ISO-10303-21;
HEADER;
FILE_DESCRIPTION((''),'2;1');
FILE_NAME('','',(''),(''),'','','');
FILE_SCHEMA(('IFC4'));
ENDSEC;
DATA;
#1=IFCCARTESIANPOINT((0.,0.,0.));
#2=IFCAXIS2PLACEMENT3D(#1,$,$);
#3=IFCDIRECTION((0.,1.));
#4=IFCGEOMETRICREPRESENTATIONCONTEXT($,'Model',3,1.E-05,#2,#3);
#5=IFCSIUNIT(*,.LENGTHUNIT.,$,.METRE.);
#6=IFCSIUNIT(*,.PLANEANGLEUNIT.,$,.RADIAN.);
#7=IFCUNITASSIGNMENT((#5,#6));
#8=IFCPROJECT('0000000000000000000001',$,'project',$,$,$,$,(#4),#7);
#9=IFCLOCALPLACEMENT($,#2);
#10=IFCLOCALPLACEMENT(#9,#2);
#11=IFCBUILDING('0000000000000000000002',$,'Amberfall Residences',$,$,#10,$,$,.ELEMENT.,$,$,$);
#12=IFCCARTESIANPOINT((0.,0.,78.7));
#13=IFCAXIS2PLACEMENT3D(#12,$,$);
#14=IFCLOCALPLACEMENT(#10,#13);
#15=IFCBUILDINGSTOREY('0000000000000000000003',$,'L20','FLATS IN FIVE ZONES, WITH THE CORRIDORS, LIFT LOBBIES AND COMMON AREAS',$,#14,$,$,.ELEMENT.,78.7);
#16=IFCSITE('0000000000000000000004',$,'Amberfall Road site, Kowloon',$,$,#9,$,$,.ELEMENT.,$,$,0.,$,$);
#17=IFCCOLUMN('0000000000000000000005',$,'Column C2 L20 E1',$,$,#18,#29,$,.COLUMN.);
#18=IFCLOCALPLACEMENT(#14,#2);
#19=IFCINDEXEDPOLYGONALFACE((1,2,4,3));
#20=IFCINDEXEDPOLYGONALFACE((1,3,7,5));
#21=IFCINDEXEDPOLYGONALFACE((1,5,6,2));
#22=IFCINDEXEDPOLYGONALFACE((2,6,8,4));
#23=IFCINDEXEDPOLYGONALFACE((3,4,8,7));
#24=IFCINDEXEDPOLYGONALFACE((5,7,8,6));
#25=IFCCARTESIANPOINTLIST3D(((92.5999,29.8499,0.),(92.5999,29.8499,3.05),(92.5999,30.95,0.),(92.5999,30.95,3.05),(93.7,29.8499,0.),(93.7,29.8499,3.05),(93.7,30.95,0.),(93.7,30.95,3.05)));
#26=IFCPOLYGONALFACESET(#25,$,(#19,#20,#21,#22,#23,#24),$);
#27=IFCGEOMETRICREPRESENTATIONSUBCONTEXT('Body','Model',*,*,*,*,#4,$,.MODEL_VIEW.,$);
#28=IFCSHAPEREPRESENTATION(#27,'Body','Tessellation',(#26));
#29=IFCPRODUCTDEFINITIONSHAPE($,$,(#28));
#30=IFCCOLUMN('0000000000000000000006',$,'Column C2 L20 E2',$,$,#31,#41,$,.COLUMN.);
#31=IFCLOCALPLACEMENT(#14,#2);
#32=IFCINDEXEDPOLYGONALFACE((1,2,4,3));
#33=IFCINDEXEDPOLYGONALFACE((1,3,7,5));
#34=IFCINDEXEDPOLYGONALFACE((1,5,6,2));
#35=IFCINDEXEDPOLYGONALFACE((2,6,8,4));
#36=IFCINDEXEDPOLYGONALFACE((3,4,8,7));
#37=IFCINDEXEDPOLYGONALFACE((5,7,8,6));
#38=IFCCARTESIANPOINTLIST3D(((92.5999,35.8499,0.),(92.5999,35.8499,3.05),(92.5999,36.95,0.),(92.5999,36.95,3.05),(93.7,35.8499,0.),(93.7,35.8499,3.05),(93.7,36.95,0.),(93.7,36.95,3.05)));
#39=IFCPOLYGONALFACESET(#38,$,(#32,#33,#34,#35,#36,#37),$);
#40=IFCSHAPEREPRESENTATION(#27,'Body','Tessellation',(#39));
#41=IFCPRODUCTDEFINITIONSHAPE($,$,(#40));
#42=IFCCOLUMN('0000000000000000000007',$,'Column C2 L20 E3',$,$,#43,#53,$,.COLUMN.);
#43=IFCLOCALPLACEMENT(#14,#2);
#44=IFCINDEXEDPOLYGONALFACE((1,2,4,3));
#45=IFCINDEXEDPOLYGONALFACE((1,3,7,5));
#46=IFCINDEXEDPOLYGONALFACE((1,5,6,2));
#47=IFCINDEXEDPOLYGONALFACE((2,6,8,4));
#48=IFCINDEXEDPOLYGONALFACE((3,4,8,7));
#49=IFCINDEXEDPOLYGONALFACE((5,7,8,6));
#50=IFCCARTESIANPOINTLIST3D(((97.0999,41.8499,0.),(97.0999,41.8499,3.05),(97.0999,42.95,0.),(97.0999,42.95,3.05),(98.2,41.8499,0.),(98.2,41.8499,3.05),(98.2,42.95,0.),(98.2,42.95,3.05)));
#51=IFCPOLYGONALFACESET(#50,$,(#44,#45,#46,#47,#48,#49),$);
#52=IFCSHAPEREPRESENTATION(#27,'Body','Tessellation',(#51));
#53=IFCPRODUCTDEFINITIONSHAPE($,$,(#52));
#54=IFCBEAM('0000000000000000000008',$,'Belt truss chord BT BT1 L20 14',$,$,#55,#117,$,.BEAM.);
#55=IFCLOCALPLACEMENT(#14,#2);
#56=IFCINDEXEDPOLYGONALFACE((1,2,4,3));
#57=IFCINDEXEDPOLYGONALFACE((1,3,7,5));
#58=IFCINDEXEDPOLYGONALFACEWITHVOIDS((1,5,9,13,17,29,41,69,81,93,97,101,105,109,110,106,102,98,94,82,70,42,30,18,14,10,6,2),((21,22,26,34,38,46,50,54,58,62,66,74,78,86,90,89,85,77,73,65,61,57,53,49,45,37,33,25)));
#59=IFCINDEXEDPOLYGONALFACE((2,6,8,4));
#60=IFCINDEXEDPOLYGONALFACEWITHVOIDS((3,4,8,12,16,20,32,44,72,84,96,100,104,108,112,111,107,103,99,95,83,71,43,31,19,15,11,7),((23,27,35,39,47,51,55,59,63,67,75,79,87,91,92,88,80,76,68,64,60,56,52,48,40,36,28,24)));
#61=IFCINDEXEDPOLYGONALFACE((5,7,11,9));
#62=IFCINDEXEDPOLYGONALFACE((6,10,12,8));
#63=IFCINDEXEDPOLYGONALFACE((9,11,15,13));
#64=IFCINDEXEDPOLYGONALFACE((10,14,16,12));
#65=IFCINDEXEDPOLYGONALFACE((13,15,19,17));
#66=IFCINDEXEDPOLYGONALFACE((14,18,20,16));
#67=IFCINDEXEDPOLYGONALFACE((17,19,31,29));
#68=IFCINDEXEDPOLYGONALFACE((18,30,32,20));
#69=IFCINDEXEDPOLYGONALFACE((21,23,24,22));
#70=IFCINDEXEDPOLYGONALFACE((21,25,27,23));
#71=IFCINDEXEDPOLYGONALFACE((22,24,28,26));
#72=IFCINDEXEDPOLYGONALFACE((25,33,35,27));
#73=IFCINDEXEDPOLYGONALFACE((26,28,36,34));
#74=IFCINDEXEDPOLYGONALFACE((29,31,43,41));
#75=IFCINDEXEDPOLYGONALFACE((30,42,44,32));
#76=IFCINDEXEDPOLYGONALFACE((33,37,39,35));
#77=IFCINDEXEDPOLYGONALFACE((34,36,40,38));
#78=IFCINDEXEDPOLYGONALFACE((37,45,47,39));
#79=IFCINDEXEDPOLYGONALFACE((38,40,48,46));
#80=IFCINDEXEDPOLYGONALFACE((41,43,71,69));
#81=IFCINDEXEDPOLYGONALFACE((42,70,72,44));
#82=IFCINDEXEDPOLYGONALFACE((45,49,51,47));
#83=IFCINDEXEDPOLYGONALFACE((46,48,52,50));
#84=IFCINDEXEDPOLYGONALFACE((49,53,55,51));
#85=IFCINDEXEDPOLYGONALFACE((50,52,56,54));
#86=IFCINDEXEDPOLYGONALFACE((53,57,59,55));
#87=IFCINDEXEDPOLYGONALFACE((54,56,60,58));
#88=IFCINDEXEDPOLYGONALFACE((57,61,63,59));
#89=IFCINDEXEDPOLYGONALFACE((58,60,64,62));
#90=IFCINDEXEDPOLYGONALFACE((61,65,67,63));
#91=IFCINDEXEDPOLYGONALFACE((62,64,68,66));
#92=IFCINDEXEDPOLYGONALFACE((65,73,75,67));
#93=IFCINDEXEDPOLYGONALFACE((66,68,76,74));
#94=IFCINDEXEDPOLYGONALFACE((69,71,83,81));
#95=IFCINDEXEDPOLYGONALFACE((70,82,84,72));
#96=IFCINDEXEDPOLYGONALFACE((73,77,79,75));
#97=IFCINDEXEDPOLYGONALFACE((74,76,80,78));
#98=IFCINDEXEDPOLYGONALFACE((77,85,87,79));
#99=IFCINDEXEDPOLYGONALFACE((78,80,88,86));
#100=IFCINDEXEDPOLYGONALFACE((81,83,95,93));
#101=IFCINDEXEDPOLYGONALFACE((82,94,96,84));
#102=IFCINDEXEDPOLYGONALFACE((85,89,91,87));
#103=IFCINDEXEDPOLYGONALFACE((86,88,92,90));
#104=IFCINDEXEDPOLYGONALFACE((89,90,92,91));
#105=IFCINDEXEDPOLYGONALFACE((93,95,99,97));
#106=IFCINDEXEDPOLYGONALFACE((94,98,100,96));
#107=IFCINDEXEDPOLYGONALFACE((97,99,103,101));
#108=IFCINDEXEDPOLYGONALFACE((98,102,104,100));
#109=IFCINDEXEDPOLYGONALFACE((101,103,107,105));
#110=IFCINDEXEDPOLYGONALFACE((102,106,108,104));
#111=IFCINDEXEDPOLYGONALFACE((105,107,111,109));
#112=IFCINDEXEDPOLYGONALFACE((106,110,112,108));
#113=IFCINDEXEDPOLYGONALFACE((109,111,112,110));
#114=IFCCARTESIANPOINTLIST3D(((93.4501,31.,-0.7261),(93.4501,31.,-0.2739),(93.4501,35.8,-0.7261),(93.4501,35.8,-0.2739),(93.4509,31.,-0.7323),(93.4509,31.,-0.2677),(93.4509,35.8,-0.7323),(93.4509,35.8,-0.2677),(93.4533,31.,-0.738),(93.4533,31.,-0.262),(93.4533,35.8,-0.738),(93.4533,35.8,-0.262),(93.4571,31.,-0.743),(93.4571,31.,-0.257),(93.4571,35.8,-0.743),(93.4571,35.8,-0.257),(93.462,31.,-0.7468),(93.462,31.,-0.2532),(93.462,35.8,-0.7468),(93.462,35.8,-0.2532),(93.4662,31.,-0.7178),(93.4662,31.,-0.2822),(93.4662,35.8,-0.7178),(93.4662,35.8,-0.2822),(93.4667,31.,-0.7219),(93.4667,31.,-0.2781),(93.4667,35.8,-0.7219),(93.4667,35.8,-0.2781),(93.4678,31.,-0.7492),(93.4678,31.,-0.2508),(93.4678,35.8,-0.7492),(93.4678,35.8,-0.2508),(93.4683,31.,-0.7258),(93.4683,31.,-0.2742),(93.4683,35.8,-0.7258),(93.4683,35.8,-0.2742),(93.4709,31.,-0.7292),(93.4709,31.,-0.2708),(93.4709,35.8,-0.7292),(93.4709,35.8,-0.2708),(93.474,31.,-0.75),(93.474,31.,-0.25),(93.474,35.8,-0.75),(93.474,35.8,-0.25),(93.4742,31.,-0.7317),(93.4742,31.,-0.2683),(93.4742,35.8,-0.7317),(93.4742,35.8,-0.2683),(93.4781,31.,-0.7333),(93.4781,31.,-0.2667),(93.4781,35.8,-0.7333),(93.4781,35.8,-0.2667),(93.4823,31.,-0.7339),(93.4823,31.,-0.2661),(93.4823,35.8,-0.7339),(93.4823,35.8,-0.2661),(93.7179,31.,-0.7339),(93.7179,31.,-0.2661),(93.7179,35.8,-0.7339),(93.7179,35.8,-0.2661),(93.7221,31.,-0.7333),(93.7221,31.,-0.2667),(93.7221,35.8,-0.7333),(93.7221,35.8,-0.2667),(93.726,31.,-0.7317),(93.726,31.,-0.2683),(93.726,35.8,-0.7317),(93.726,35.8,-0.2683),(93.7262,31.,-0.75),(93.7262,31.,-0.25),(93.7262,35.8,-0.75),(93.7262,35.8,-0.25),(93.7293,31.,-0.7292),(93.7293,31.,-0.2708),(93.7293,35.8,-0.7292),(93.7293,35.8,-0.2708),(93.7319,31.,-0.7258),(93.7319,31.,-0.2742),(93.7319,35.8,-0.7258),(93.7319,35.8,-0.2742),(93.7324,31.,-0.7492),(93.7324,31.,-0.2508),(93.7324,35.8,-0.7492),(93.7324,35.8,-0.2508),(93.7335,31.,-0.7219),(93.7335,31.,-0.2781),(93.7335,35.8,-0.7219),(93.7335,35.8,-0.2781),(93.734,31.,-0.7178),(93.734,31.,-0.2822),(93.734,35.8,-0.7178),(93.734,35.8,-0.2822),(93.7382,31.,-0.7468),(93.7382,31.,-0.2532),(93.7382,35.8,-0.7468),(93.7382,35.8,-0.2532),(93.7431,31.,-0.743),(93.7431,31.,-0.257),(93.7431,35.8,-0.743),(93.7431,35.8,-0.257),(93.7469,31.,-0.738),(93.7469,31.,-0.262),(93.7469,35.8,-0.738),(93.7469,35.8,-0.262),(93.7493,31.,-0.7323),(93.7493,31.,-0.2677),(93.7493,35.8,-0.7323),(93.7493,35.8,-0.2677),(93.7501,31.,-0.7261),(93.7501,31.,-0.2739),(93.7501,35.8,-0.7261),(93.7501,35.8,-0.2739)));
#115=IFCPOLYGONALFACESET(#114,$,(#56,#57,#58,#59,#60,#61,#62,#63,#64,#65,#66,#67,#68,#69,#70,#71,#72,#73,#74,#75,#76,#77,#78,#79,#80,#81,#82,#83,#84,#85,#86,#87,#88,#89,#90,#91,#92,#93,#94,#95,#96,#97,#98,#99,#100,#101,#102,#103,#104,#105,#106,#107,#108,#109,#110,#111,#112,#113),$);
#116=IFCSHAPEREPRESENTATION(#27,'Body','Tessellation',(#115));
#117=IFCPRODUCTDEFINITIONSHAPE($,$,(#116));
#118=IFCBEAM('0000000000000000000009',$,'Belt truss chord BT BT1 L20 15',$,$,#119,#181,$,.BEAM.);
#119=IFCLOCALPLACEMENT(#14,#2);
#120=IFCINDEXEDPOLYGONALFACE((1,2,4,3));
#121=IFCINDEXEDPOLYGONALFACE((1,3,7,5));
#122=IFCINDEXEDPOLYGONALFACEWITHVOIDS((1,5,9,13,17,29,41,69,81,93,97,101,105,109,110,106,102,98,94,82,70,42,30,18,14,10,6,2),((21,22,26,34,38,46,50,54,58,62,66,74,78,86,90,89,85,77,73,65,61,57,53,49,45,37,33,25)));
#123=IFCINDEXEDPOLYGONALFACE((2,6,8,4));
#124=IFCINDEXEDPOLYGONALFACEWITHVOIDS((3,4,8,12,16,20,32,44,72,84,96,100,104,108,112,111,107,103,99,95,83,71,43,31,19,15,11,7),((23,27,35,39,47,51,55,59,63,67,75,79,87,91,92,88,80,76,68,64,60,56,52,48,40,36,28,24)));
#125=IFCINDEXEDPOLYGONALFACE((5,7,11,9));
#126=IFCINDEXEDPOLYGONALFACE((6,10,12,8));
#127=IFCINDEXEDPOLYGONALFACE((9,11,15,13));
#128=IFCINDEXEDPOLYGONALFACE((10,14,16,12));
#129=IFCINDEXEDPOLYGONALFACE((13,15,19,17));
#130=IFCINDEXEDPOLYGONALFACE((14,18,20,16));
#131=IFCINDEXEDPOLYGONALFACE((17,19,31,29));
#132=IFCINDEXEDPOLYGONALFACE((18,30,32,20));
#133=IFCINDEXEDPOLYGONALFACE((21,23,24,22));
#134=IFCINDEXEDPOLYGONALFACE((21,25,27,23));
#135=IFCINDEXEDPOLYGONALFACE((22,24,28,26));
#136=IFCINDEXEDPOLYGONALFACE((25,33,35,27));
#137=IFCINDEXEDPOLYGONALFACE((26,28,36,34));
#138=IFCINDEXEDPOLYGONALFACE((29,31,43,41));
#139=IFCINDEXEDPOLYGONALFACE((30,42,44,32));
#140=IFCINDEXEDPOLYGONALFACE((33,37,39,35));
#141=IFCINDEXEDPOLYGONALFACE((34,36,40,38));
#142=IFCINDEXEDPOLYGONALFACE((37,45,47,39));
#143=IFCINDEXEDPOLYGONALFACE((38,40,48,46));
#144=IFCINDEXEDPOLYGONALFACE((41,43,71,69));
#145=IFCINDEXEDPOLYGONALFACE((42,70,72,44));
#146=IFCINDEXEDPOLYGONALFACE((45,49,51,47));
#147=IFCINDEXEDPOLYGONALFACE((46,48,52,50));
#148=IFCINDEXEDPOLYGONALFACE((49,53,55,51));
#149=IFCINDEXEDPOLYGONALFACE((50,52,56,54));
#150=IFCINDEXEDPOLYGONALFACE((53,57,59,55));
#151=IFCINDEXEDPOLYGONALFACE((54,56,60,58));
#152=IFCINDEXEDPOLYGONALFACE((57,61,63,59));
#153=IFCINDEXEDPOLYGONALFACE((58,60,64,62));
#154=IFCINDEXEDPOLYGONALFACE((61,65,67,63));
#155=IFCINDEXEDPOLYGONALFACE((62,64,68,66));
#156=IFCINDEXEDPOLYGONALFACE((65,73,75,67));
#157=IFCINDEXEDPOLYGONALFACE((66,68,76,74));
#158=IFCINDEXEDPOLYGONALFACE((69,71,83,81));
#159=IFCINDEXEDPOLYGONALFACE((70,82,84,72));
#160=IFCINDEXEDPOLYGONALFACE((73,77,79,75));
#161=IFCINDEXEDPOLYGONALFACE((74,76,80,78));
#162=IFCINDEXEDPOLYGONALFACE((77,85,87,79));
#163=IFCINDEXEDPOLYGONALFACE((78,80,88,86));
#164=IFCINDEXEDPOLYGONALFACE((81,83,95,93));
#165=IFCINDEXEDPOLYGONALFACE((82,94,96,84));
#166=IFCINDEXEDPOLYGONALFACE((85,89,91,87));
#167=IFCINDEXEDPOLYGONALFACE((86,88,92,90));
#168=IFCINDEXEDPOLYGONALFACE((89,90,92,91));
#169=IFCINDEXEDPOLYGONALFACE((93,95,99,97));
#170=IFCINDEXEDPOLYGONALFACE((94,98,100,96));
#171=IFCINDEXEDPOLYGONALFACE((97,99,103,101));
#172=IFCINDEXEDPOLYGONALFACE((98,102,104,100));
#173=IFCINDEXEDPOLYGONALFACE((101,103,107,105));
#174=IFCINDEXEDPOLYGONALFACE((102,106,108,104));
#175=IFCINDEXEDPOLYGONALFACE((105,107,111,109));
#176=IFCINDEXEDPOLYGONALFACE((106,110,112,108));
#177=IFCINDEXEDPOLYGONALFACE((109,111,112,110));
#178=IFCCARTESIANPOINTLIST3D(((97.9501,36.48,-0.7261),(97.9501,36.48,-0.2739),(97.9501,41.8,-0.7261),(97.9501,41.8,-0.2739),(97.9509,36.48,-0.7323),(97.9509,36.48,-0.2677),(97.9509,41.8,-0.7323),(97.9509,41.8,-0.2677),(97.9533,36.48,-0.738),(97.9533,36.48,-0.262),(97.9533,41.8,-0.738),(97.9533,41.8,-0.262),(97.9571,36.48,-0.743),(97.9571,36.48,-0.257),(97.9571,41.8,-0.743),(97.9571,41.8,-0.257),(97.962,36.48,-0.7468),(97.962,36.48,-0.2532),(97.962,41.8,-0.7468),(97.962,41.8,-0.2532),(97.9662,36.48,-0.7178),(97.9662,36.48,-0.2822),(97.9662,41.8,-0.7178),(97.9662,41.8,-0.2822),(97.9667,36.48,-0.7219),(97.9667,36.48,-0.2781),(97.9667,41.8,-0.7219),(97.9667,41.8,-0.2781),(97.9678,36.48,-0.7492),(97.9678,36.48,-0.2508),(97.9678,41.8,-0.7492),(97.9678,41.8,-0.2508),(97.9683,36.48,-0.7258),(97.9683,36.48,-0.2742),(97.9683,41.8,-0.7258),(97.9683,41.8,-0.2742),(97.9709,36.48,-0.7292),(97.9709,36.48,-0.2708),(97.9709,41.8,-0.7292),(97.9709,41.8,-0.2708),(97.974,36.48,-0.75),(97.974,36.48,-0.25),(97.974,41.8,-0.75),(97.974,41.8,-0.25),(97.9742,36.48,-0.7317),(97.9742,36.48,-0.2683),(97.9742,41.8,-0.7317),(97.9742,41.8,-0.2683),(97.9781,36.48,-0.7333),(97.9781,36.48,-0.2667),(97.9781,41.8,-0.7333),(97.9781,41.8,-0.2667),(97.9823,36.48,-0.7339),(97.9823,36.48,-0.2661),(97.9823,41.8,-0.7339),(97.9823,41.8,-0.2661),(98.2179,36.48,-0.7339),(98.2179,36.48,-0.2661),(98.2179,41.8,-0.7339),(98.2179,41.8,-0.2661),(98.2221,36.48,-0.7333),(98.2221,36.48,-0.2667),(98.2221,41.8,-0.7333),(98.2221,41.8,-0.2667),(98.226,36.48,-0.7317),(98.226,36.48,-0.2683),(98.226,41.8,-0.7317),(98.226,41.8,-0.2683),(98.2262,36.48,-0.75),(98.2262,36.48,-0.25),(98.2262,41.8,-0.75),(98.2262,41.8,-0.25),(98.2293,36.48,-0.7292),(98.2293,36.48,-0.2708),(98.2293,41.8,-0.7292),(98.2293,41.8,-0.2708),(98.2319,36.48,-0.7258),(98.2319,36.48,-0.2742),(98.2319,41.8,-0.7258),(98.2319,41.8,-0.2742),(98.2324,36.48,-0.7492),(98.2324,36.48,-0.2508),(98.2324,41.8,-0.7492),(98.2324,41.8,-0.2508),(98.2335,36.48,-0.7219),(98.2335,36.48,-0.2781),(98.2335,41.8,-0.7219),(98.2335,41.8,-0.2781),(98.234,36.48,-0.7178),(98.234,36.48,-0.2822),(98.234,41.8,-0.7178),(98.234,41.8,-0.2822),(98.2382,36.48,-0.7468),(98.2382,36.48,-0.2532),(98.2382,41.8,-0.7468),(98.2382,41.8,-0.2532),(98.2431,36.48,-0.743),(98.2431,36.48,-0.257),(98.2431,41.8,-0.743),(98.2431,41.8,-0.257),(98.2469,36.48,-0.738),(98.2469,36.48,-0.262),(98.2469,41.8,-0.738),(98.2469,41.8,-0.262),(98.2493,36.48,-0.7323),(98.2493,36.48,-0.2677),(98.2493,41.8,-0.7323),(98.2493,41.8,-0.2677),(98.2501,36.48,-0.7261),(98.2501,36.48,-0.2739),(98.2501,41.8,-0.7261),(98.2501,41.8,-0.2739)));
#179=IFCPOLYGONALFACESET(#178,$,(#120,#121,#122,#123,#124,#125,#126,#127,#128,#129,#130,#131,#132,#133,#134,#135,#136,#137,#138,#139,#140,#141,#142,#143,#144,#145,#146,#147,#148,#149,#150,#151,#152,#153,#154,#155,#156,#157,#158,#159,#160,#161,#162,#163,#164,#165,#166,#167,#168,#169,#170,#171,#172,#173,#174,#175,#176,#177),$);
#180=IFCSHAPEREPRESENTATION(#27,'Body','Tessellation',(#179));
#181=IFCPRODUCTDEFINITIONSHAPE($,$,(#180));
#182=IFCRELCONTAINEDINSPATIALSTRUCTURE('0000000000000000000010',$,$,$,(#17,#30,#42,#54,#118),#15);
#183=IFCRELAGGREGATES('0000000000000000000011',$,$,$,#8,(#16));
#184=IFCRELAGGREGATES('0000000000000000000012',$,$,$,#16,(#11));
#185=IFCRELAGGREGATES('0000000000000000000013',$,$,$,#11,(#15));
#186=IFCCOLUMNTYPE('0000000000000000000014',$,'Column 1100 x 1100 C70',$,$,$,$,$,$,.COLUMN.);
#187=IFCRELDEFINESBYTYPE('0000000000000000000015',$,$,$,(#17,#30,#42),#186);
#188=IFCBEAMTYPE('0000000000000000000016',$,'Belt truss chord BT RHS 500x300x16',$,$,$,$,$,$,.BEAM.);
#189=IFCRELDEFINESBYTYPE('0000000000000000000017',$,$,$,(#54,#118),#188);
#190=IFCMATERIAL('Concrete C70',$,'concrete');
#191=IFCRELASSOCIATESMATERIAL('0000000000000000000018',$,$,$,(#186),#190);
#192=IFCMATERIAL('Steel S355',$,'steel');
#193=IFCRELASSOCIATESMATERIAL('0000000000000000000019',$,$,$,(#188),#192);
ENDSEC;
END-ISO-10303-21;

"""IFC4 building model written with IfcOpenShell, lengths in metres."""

from ifc_helpers import new_model, si_unit, direction, frame, origin, origin_2d, place, context, subcontext, project, spatial, rectangle, hollow_rectangle, extrude, material, material_profile, profile_set, type_object, element, save


model = new_model("IFC4")

# Units and contexts
model_context = context("Model", 3, precision=1e-05, world=origin(), true_north=direction((0.0, 1.0)))
body_context = subcontext(model_context, "Body", "Model", "MODEL_VIEW")
ifc_project = project(units=[si_unit("LENGTHUNIT", "METRE"), si_unit("PLANEANGLEUNIT", "RADIAN")], contexts=[model_context])

# Site, building, storey
site_placement = place(None, origin())
site = spatial("IfcSite", under=ifc_project, at=site_placement, Name="Amberfall Road site, Kowloon", CompositionType="ELEMENT", RefElevation=0.0)
building_placement = place(site_placement, origin())
building = spatial("IfcBuilding", under=site, at=building_placement, Name="Amberfall Residences", CompositionType="ELEMENT")
storey_placement = place(building_placement, frame((0.0, 0.0, 78.7)))
storey = spatial("IfcBuildingStorey", under=building, at=storey_placement, Name="L20", Description="FLATS IN FIVE ZONES, WITH THE CORRIDORS, LIFT LOBBIES AND COMMON AREAS", CompositionType="ELEMENT", Elevation=78.7)

# Columns
ifc_material_1 = material(Name="Concrete C70", Category="concrete")
ifc_material_profile_1 = material_profile(ifc_material_1, rectangle(XDim=1.1001, YDim=1.1001, at=origin_2d()), Name="Column 1100 x 1100 C70")
ifc_profile_set_1 = profile_set([ifc_material_profile_1], Name="Concrete C70")
column_type = type_object("IfcColumnType", Name="Column 1100 x 1100 C70", PredefinedType="COLUMN", material=ifc_profile_set_1)
for number, where, z_axis, x_axis, name in (
    (1, (93.1499, 30.3999, 0.0), (0.0, 0.0, 1.0), (1.0, 0.0, 0.0), "Column C2 L20 E1"),
    (2, (93.1499, 36.3999, 0.0), (0.0, 0.0, 1.0), (1.0, 0.0, 0.0), "Column C2 L20 E2"),
    (3, (97.6499, 42.3999, 0.0), (0.0, 0.0, 1.0), (1.0, 0.0, 0.0), "Column C2 L20 E3"),
):
    element("IfcColumn", number, at=place(storey_placement, frame(where, z_axis=z_axis, x_axis=x_axis)), inside=storey, type_object=column_type, Name=name, PredefinedType="COLUMN", context=body_context, shape_type="SweptSolid", body=[
        extrude(rectangle(XDim=1.1001, YDim=1.1001, at=origin_2d()), origin(), (0.0, 0.0, 1.0), 3.05),
    ])

# Beams
ifc_material_2 = material(Name="Steel S355", Category="steel")
ifc_material_profile_2 = material_profile(ifc_material_2, hollow_rectangle(XDim=0.3, YDim=0.5, WallThickness=0.0161, InnerFilletRadius=0.0161, OuterFilletRadius=0.0239, at=origin_2d()), Name="RHS 500x300x16")
ifc_profile_set_2 = profile_set([ifc_material_profile_2], Name="Steel S355")
beam_type_1 = type_object("IfcBeamType", Name="Belt truss chord BT RHS 500x300x16", PredefinedType="BEAM", material=ifc_profile_set_2)
beam_1_placement = place(storey_placement, frame((93.6001, 31.0, -0.5), z_axis=(0.0, 1.0, 0.0), x_axis=(-1.0, 0.0, 0.0)))
element("IfcBeam", 4, at=beam_1_placement, inside=storey, type_object=beam_type_1, Name="Belt truss chord BT BT1 L20 14", PredefinedType="BEAM", context=body_context, shape_type="SweptSolid", body=[
    extrude(hollow_rectangle(XDim=0.3, YDim=0.5, WallThickness=0.0161, InnerFilletRadius=0.0161, OuterFilletRadius=0.0239, at=origin_2d()), origin(), (0.0, 0.0, 1.0), 4.8),
])
beam_2_placement = place(storey_placement, frame((98.1001, 36.48, -0.5), z_axis=(0.0, 1.0, 0.0), x_axis=(-1.0, 0.0, 0.0)))
element("IfcBeam", 5, at=beam_2_placement, inside=storey, type_object=beam_type_1, Name="Belt truss chord BT BT1 L20 15", PredefinedType="BEAM", context=body_context, shape_type="SweptSolid", body=[
    extrude(hollow_rectangle(XDim=0.3, YDim=0.5, WallThickness=0.0161, InnerFilletRadius=0.0161, OuterFilletRadius=0.0239, at=origin_2d()), origin(), (0.0, 0.0, 1.0), 5.3201),
])

save(model, "model.ifc")
